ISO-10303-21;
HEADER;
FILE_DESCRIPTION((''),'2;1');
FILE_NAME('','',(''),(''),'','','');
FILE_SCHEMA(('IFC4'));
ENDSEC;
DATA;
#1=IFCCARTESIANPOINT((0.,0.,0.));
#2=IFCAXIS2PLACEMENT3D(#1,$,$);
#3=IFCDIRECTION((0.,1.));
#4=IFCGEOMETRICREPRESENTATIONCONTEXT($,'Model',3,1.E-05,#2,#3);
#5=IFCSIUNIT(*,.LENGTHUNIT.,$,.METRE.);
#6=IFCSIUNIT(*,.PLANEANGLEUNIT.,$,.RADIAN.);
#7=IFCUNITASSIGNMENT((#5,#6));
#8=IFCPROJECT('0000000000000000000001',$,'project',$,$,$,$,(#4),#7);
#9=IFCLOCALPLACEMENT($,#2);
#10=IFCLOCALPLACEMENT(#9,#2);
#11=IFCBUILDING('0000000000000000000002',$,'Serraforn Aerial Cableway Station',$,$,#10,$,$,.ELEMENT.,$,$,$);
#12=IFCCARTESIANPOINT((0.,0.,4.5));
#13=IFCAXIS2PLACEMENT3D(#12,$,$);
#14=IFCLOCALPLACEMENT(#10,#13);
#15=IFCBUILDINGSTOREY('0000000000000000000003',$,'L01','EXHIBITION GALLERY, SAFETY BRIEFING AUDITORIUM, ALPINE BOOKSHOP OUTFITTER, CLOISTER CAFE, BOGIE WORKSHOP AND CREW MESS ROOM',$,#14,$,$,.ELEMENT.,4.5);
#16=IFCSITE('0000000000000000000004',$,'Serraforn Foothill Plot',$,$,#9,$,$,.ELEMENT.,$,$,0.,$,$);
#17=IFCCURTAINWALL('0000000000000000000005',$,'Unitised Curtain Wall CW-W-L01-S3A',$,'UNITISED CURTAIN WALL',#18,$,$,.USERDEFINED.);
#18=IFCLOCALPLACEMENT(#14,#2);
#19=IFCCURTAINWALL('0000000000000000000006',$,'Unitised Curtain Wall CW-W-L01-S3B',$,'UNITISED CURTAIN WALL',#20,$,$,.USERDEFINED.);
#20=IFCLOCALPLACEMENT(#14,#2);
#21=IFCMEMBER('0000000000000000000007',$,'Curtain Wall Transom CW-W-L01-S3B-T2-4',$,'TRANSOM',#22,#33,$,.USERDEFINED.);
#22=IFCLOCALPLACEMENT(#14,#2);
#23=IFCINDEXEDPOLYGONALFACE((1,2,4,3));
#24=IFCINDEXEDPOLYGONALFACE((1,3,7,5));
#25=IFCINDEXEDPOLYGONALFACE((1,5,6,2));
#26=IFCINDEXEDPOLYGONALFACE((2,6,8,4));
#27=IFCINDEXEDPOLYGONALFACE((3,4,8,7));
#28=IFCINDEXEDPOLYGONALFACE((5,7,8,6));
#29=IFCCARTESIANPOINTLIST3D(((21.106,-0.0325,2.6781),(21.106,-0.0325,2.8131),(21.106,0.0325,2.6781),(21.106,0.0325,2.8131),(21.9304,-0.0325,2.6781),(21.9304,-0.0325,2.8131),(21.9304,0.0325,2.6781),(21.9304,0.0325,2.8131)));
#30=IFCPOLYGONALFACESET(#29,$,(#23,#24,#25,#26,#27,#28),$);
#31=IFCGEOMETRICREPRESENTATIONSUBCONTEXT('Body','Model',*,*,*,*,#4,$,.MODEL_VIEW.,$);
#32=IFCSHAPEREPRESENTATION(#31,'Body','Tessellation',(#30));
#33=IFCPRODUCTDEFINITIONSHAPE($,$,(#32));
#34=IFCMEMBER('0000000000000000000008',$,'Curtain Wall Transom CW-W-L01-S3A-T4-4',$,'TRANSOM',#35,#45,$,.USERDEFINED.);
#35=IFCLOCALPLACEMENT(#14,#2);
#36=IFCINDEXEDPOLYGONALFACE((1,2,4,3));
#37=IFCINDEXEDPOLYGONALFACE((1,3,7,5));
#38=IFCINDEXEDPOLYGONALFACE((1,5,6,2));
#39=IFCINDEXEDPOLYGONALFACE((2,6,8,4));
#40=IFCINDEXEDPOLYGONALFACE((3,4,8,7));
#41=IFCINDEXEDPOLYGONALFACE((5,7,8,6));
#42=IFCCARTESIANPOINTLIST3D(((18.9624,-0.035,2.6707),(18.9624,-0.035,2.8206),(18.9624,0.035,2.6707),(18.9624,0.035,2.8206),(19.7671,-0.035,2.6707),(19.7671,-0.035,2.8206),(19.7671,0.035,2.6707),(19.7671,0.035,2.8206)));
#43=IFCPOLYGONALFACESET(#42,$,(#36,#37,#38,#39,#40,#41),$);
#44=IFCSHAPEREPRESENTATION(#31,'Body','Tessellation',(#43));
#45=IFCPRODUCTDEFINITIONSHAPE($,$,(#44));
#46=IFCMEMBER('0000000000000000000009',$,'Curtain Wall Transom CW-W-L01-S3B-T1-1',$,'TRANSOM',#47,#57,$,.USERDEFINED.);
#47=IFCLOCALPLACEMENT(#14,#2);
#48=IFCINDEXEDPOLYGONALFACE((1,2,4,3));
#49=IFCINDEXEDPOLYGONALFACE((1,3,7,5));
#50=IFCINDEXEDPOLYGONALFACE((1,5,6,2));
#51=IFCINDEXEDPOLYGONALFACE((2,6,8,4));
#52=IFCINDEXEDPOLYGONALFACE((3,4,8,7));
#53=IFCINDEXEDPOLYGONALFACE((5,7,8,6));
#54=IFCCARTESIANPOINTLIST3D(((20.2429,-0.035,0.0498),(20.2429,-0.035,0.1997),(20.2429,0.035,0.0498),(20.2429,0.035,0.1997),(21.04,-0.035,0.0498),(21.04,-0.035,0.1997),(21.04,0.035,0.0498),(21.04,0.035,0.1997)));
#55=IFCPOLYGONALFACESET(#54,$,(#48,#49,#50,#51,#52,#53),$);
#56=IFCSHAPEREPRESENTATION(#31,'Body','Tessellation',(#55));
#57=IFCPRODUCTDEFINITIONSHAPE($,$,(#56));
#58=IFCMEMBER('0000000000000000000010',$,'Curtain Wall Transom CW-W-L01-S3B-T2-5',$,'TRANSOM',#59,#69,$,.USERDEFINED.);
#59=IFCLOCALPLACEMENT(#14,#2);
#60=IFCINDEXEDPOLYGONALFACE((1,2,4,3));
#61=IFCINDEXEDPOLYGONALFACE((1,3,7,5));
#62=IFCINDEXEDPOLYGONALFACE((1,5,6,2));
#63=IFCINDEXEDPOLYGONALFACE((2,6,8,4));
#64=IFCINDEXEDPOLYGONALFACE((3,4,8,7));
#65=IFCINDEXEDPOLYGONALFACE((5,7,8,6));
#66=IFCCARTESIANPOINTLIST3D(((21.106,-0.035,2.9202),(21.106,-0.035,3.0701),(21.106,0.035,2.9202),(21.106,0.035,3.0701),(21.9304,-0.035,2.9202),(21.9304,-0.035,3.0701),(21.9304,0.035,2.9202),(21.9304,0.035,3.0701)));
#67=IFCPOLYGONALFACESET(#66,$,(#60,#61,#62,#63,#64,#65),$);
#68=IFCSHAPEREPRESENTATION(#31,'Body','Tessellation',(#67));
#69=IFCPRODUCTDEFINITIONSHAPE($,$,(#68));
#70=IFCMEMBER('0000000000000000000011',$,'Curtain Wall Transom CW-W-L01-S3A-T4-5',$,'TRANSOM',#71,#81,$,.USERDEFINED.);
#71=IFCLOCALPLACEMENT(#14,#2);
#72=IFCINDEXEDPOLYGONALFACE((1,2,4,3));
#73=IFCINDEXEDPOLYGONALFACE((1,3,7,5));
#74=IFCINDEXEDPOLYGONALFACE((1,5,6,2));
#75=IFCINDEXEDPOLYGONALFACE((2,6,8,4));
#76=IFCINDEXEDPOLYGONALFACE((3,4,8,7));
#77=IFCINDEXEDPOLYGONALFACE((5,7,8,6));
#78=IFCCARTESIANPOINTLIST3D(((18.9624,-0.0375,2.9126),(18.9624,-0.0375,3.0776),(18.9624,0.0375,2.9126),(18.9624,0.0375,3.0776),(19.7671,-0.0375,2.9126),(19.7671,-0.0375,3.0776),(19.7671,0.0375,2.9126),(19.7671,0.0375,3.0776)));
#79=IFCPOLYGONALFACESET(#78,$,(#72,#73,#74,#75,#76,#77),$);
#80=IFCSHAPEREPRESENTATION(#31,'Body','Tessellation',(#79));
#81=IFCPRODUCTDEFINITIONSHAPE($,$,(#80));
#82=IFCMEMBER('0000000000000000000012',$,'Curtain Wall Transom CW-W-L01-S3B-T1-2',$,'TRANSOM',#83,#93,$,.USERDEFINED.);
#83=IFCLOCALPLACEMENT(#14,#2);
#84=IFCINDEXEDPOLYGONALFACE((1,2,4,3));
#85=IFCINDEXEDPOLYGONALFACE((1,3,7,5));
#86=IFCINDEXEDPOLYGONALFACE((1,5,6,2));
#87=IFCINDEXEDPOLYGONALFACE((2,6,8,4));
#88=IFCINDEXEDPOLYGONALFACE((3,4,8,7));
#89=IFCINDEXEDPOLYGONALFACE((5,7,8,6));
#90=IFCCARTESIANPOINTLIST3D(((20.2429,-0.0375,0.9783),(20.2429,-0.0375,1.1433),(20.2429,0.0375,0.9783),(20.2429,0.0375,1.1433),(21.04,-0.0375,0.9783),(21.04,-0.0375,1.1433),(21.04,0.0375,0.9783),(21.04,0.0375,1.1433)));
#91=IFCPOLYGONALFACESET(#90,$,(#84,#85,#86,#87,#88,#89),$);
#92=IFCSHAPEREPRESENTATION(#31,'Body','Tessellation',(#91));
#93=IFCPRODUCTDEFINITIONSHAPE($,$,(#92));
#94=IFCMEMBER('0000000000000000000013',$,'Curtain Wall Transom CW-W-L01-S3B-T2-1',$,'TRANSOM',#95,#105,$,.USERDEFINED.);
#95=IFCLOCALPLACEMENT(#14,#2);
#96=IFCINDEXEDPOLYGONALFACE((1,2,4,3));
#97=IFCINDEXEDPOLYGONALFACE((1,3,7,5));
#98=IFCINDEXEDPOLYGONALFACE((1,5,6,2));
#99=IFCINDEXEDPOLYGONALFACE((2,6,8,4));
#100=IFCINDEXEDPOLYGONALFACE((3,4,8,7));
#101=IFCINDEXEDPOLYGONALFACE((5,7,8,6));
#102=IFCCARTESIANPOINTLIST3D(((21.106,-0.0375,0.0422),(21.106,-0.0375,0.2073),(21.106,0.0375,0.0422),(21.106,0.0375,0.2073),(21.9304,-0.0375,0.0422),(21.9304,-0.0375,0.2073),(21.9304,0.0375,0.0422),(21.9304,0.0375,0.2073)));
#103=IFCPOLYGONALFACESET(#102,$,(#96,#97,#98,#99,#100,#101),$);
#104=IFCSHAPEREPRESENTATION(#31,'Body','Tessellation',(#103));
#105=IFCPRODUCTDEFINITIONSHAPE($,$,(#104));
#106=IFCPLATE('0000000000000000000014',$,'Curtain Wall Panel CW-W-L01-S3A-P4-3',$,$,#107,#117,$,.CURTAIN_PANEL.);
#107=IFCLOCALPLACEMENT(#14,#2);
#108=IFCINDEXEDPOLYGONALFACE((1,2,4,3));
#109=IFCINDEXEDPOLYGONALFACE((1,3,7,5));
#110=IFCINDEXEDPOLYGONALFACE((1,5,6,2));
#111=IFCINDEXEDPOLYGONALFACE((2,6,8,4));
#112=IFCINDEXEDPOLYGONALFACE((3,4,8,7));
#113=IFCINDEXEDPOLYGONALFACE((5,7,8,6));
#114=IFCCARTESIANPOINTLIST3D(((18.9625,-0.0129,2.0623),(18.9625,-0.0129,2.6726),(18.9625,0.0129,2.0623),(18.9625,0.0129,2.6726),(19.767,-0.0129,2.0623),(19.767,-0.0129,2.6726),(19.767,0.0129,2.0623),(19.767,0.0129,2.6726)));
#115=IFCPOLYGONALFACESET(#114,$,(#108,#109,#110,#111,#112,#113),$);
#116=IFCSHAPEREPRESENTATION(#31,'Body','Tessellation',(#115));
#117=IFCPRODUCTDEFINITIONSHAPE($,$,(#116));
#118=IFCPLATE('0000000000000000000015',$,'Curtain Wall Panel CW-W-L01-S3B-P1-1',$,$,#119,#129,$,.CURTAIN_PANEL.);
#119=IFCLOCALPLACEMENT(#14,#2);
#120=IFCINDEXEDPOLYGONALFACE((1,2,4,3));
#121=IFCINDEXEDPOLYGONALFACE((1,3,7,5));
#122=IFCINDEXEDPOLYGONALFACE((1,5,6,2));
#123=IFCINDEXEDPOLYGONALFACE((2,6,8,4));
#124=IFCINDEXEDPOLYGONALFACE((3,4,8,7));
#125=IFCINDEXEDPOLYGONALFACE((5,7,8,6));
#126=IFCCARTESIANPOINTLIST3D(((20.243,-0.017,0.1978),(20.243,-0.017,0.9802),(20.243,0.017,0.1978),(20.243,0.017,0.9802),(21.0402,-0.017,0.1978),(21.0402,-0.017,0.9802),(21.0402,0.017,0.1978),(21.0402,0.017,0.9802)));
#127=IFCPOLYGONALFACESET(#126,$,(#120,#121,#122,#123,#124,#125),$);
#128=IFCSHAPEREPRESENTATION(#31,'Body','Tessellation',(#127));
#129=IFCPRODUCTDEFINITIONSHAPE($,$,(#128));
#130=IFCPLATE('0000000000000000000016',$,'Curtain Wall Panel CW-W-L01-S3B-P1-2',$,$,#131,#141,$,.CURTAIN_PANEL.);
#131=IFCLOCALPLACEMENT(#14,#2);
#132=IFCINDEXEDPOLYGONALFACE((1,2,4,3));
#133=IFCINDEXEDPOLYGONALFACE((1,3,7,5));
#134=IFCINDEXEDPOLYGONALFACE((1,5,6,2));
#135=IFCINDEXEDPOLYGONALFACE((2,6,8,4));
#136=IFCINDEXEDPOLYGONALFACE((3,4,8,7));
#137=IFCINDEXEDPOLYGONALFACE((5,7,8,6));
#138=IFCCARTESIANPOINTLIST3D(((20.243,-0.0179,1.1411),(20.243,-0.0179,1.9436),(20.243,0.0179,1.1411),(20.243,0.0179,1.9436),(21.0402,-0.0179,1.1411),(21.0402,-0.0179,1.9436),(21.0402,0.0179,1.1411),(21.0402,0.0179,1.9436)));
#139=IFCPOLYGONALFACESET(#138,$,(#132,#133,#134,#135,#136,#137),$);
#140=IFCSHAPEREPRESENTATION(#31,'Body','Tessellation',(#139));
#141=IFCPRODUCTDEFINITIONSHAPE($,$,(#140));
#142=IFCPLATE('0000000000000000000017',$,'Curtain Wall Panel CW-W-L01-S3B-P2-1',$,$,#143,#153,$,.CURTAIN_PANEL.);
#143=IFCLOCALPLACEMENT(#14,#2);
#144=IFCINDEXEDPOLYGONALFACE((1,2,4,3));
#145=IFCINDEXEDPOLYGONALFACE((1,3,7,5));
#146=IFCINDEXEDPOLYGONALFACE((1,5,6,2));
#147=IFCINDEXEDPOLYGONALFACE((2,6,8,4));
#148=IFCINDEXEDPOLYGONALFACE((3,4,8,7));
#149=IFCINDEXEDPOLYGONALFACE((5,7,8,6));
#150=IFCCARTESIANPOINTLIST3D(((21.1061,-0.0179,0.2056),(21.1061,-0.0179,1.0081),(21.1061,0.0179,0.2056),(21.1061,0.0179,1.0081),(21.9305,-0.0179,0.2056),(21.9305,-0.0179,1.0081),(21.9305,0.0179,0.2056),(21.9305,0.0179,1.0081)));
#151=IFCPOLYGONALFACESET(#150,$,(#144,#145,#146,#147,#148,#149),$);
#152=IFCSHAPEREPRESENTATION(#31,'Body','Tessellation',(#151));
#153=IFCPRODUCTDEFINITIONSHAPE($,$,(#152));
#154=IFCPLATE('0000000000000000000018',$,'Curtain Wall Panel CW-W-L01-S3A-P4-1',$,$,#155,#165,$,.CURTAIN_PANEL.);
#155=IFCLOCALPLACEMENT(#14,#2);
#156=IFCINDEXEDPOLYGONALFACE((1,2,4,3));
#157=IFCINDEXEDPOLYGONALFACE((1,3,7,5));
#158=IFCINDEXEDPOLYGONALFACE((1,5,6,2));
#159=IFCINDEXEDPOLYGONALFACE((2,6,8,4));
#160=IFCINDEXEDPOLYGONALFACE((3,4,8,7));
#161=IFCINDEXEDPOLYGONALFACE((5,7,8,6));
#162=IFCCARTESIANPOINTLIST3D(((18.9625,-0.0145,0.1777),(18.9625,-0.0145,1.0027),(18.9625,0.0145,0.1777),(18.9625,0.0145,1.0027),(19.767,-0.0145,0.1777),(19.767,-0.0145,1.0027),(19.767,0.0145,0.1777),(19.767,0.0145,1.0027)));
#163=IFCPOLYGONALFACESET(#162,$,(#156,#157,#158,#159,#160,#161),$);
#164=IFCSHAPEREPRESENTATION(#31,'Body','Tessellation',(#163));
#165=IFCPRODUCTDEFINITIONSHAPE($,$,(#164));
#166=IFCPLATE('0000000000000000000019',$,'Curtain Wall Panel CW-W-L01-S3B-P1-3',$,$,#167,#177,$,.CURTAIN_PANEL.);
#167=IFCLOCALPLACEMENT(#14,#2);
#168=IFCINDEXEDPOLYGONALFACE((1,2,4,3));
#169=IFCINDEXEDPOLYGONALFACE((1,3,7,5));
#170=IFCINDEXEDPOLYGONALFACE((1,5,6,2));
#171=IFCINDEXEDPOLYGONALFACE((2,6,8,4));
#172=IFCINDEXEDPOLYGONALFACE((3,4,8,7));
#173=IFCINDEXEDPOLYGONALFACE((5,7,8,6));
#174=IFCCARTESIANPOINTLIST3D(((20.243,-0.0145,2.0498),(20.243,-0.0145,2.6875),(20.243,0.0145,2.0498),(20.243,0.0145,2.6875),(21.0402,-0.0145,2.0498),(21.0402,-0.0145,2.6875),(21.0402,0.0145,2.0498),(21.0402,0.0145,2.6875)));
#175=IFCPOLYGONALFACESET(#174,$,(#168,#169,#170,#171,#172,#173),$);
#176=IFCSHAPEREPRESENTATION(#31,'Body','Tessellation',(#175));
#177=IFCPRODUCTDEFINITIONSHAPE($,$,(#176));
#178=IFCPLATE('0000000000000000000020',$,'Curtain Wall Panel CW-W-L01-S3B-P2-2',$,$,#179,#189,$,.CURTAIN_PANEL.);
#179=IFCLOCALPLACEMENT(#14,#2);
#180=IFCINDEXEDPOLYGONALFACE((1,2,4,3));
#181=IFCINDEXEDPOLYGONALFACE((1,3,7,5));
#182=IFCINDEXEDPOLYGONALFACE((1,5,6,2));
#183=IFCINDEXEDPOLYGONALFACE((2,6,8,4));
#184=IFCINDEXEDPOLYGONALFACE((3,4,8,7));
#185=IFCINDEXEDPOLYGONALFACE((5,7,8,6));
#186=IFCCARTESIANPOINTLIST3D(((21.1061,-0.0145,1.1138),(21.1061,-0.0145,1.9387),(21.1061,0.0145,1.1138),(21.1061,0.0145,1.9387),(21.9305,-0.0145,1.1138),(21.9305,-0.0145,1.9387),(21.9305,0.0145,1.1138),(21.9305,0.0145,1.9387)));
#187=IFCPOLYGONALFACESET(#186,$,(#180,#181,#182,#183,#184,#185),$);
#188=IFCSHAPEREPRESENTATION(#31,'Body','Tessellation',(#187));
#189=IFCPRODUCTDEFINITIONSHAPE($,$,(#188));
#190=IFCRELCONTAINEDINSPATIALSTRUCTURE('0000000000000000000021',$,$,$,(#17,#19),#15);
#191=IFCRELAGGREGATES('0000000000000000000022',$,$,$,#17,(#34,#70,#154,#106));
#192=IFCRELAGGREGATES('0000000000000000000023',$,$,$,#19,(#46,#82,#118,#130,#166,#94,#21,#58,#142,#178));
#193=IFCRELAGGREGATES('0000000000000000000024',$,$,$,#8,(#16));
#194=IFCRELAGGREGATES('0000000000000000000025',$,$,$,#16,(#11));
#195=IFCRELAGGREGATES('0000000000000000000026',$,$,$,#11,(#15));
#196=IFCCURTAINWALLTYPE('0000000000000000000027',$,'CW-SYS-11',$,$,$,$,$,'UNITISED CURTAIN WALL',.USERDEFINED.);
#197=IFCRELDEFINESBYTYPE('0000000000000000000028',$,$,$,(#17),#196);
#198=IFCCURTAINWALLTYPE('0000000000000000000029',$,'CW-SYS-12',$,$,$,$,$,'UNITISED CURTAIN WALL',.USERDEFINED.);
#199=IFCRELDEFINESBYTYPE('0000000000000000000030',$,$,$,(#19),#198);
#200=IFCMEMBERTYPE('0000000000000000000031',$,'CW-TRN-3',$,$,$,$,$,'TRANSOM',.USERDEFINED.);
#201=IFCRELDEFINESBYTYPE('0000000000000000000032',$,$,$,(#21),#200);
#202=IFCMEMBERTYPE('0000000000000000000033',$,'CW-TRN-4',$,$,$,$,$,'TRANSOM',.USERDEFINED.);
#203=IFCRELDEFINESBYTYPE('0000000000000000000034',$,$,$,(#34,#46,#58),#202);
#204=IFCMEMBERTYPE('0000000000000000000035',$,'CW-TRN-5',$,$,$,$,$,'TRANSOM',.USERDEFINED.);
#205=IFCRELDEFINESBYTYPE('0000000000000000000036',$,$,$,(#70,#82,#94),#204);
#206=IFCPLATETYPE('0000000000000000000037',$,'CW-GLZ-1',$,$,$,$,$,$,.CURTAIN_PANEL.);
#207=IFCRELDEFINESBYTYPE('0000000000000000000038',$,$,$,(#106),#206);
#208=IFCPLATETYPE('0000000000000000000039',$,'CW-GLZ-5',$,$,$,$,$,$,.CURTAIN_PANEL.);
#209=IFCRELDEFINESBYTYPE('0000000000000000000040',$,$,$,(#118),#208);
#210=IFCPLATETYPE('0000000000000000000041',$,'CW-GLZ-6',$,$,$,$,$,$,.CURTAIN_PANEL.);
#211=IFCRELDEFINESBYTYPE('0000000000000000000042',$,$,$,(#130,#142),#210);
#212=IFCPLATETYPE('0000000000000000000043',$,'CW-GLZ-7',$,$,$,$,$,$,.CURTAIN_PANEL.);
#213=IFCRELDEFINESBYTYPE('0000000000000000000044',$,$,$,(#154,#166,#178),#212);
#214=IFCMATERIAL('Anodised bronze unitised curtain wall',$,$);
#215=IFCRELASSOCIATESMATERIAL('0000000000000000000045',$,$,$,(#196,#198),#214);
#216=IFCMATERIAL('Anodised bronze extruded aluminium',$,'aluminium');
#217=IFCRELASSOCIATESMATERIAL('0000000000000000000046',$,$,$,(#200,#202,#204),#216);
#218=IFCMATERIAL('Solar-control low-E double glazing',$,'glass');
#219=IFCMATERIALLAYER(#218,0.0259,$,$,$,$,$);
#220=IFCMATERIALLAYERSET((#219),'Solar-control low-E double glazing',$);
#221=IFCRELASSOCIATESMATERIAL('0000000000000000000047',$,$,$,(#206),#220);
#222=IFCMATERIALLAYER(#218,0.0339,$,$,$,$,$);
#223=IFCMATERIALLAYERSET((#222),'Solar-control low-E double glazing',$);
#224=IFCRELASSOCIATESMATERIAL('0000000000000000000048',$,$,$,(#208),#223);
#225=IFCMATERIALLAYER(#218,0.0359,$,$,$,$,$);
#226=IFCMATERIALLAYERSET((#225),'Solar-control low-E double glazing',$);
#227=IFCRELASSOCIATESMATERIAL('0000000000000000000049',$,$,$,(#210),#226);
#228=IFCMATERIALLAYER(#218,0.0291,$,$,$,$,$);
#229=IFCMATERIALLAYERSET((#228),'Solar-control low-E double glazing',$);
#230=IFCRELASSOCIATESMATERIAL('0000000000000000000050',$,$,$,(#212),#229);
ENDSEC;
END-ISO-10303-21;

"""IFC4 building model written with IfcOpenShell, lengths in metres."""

from ifc_helpers import new_model, si_unit, direction, frame, origin, origin_2d, place, context, subcontext, project, spatial, rectangle, extrude, material, layer, layer_set, material_profile, profile_set, type_object, element, aggregate, save


model = new_model("IFC4")

# Units and contexts
model_context = context("Model", 3, precision=1e-05, world=origin(), true_north=direction((0.0, 1.0)))
body_context = subcontext(model_context, "Body", "Model", "MODEL_VIEW")
ifc_project = project(units=[si_unit("LENGTHUNIT", "METRE"), si_unit("PLANEANGLEUNIT", "RADIAN")], contexts=[model_context])

# Site, building, storey
site_placement = place(None, origin())
site = spatial("IfcSite", under=ifc_project, at=site_placement, Name="Serraforn Foothill Plot", CompositionType="ELEMENT", RefElevation=0.0)
building_placement = place(site_placement, origin())
building = spatial("IfcBuilding", under=site, at=building_placement, Name="Serraforn Aerial Cableway Station", CompositionType="ELEMENT")
storey_placement = place(building_placement, frame((0.0, 0.0, 4.5)))
storey = spatial("IfcBuildingStorey", under=building, at=storey_placement, Name="L01", Description="EXHIBITION GALLERY, SAFETY BRIEFING AUDITORIUM, ALPINE BOOKSHOP OUTFITTER, CLOISTER CAFE, BOGIE WORKSHOP AND CREW MESS ROOM", CompositionType="ELEMENT", Elevation=4.5)

# Curtain wall
ifc_material_1 = material(Name="Anodised bronze unitised curtain wall")
curtain_wall_type_1 = type_object("IfcCurtainWallType", Name="CW-SYS-11", ElementType="UNITISED CURTAIN WALL", PredefinedType="USERDEFINED", material=ifc_material_1)
curtain_wall_1_placement = place(storey_placement, origin())
curtain_wall_1 = element("IfcCurtainWall", 1, at=curtain_wall_1_placement, inside=storey, type_object=curtain_wall_type_1, Name="Unitised Curtain Wall CW-W-L01-S3A", ObjectType="UNITISED CURTAIN WALL", PredefinedType="USERDEFINED")
ifc_material_2 = material(Name="Anodised bronze extruded aluminium", Category="aluminium")

# Curtain wall
curtain_wall_type_2 = type_object("IfcCurtainWallType", Name="CW-SYS-12", ElementType="UNITISED CURTAIN WALL", PredefinedType="USERDEFINED", material=ifc_material_1)
curtain_wall_2_placement = place(storey_placement, origin())
curtain_wall_2 = element("IfcCurtainWall", 2, at=curtain_wall_2_placement, inside=storey, type_object=curtain_wall_type_2, Name="Unitised Curtain Wall CW-W-L01-S3B", ObjectType="UNITISED CURTAIN WALL", PredefinedType="USERDEFINED")

# Members
ifc_material_profile_1 = material_profile(ifc_material_2, rectangle(XDim=0.0649, YDim=0.135, at=origin_2d()), Name="CW TRANSOM 65x135")
ifc_profile_set_1 = profile_set([ifc_material_profile_1], Name="Anodised bronze extruded aluminium")
member_type_1 = type_object("IfcMemberType", Name="CW-TRN-3", ElementType="TRANSOM", PredefinedType="USERDEFINED", material=ifc_profile_set_1)
member_1_placement = place(storey_placement, frame((21.106, 0.0, 2.7456), z_axis=(1.0, 0.0, 0.0), x_axis=(0.0, 1.0, 0.0)))
member_1 = element("IfcMember", 3, at=member_1_placement, type_object=member_type_1, Name="Curtain Wall Transom CW-W-L01-S3B-T2-4", ObjectType="TRANSOM", PredefinedType="USERDEFINED", context=body_context, shape_type="SweptSolid", body=[
    extrude(rectangle(XDim=0.0649, YDim=0.135, at=origin_2d()), origin(), (0.0, 0.0, 1.0), 0.8245),
])
ifc_material_profile_2 = material_profile(ifc_material_2, rectangle(XDim=0.0701, YDim=0.1499, at=origin_2d()), Name="CW TRANSOM 70x150")
ifc_profile_set_2 = profile_set([ifc_material_profile_2], Name="Anodised bronze extruded aluminium")
member_type_2 = type_object("IfcMemberType", Name="CW-TRN-4", ElementType="TRANSOM", PredefinedType="USERDEFINED", material=ifc_profile_set_2)
member_2_placement = place(storey_placement, frame((18.9624, 0.0, 2.7456), z_axis=(1.0, 0.0, 0.0), x_axis=(0.0, 1.0, 0.0)))
member_2 = element("IfcMember", 4, at=member_2_placement, type_object=member_type_2, Name="Curtain Wall Transom CW-W-L01-S3A-T4-4", ObjectType="TRANSOM", PredefinedType="USERDEFINED", context=body_context, shape_type="SweptSolid", body=[
    extrude(rectangle(XDim=0.0701, YDim=0.1499, at=origin_2d()), origin(), (0.0, 0.0, 1.0), 0.8047),
])
member_3_placement = place(storey_placement, frame((20.2429, 0.0, 0.1248), z_axis=(1.0, 0.0, 0.0), x_axis=(0.0, 1.0, 0.0)))
member_3 = element("IfcMember", 5, at=member_3_placement, type_object=member_type_2, Name="Curtain Wall Transom CW-W-L01-S3B-T1-1", ObjectType="TRANSOM", PredefinedType="USERDEFINED", context=body_context, shape_type="SweptSolid", body=[
    extrude(rectangle(XDim=0.0701, YDim=0.1499, at=origin_2d()), origin(), (0.0, 0.0, 1.0), 0.7971),
])
member_4_placement = place(storey_placement, frame((21.106, 0.0, 2.9951), z_axis=(1.0, 0.0, 0.0), x_axis=(0.0, 1.0, 0.0)))
member_4 = element("IfcMember", 6, at=member_4_placement, type_object=member_type_2, Name="Curtain Wall Transom CW-W-L01-S3B-T2-5", ObjectType="TRANSOM", PredefinedType="USERDEFINED", context=body_context, shape_type="SweptSolid", body=[
    extrude(rectangle(XDim=0.0701, YDim=0.1499, at=origin_2d()), origin(), (0.0, 0.0, 1.0), 0.8245),
])
ifc_material_profile_3 = material_profile(ifc_material_2, rectangle(XDim=0.075, YDim=0.165, at=origin_2d()), Name="CW TRANSOM 75x165")
ifc_profile_set_3 = profile_set([ifc_material_profile_3], Name="Anodised bronze extruded aluminium")
member_type_3 = type_object("IfcMemberType", Name="CW-TRN-5", ElementType="TRANSOM", PredefinedType="USERDEFINED", material=ifc_profile_set_3)
member_5_placement = place(storey_placement, frame((18.9624, 0.0, 2.9951), z_axis=(1.0, 0.0, 0.0), x_axis=(0.0, 1.0, 0.0)))
member_5 = element("IfcMember", 7, at=member_5_placement, type_object=member_type_3, Name="Curtain Wall Transom CW-W-L01-S3A-T4-5", ObjectType="TRANSOM", PredefinedType="USERDEFINED", context=body_context, shape_type="SweptSolid", body=[
    extrude(rectangle(XDim=0.075, YDim=0.165, at=origin_2d()), origin(), (0.0, 0.0, 1.0), 0.8047),
])
member_6_placement = place(storey_placement, frame((20.2429, 0.0, 1.0608), z_axis=(1.0, 0.0, 0.0), x_axis=(0.0, 1.0, 0.0)))
member_6 = element("IfcMember", 8, at=member_6_placement, type_object=member_type_3, Name="Curtain Wall Transom CW-W-L01-S3B-T1-2", ObjectType="TRANSOM", PredefinedType="USERDEFINED", context=body_context, shape_type="SweptSolid", body=[
    extrude(rectangle(XDim=0.075, YDim=0.165, at=origin_2d()), origin(), (0.0, 0.0, 1.0), 0.7971),
])
member_7_placement = place(storey_placement, frame((21.106, 0.0, 0.1248), z_axis=(1.0, 0.0, 0.0), x_axis=(0.0, 1.0, 0.0)))
member_7 = element("IfcMember", 9, at=member_7_placement, type_object=member_type_3, Name="Curtain Wall Transom CW-W-L01-S3B-T2-1", ObjectType="TRANSOM", PredefinedType="USERDEFINED", context=body_context, shape_type="SweptSolid", body=[
    extrude(rectangle(XDim=0.075, YDim=0.165, at=origin_2d()), origin(), (0.0, 0.0, 1.0), 0.8245),
])

# Plates
ifc_material_3 = material(Name="Solar-control low-E double glazing", Category="glass")
ifc_layer_1 = layer(ifc_material_3, 0.0259)
ifc_layer_set_1 = layer_set([ifc_layer_1], Name="Solar-control low-E double glazing")
plate_type_1 = type_object("IfcPlateType", Name="CW-GLZ-1", PredefinedType="CURTAIN_PANEL", material=ifc_layer_set_1)
plate_1_placement = place(storey_placement, frame((19.3647, 0.0, 2.0623), z_axis=(0.0, 0.0, 1.0), x_axis=(1.0, 0.0, 0.0)))
plate_1 = element("IfcPlate", 10, at=plate_1_placement, type_object=plate_type_1, Name="Curtain Wall Panel CW-W-L01-S3A-P4-3", PredefinedType="CURTAIN_PANEL", context=body_context, shape_type="SweptSolid", body=[
    extrude(rectangle(XDim=0.8044, YDim=0.0259, at=origin_2d()), origin(), (0.0, 0.0, 1.0), 0.6104),
])
ifc_layer_2 = layer(ifc_material_3, 0.0339)
ifc_layer_set_2 = layer_set([ifc_layer_2], Name="Solar-control low-E double glazing")
plate_type_2 = type_object("IfcPlateType", Name="CW-GLZ-5", PredefinedType="CURTAIN_PANEL", material=ifc_layer_set_2)
plate_2_placement = place(storey_placement, frame((20.6416, 0.0, 0.1978), z_axis=(0.0, 0.0, 1.0), x_axis=(1.0, 0.0, 0.0)))
plate_2 = element("IfcPlate", 11, at=plate_2_placement, type_object=plate_type_2, Name="Curtain Wall Panel CW-W-L01-S3B-P1-1", PredefinedType="CURTAIN_PANEL", context=body_context, shape_type="SweptSolid", body=[
    extrude(rectangle(XDim=0.7971, YDim=0.0339, at=origin_2d()), origin(), (0.0, 0.0, 1.0), 0.7825),
])
ifc_layer_3 = layer(ifc_material_3, 0.0359)
ifc_layer_set_3 = layer_set([ifc_layer_3], Name="Solar-control low-E double glazing")
plate_type_3 = type_object("IfcPlateType", Name="CW-GLZ-6", PredefinedType="CURTAIN_PANEL", material=ifc_layer_set_3)
plate_3_placement = place(storey_placement, frame((20.6416, 0.0, 1.1411), z_axis=(0.0, 0.0, 1.0), x_axis=(1.0, 0.0, 0.0)))
plate_3 = element("IfcPlate", 12, at=plate_3_placement, type_object=plate_type_3, Name="Curtain Wall Panel CW-W-L01-S3B-P1-2", PredefinedType="CURTAIN_PANEL", context=body_context, shape_type="SweptSolid", body=[
    extrude(rectangle(XDim=0.7971, YDim=0.0359, at=origin_2d()), origin(), (0.0, 0.0, 1.0), 0.8025),
])
plate_4_placement = place(storey_placement, frame((21.5183, 0.0, 0.2056), z_axis=(0.0, 0.0, 1.0), x_axis=(1.0, 0.0, 0.0)))
plate_4 = element("IfcPlate", 13, at=plate_4_placement, type_object=plate_type_3, Name="Curtain Wall Panel CW-W-L01-S3B-P2-1", PredefinedType="CURTAIN_PANEL", context=body_context, shape_type="SweptSolid", body=[
    extrude(rectangle(XDim=0.8245, YDim=0.0359, at=origin_2d()), origin(), (0.0, 0.0, 1.0), 0.8025),
])
ifc_layer_4 = layer(ifc_material_3, 0.0291)
ifc_layer_set_4 = layer_set([ifc_layer_4], Name="Solar-control low-E double glazing")
plate_type_4 = type_object("IfcPlateType", Name="CW-GLZ-7", PredefinedType="CURTAIN_PANEL", material=ifc_layer_set_4)
plate_5_placement = place(storey_placement, frame((19.3647, 0.0, 0.1777), z_axis=(0.0, 0.0, 1.0), x_axis=(1.0, 0.0, 0.0)))
plate_5 = element("IfcPlate", 14, at=plate_5_placement, type_object=plate_type_4, Name="Curtain Wall Panel CW-W-L01-S3A-P4-1", PredefinedType="CURTAIN_PANEL", context=body_context, shape_type="SweptSolid", body=[
    extrude(rectangle(XDim=0.8044, YDim=0.0291, at=origin_2d()), origin(), (0.0, 0.0, 1.0), 0.825),
])
plate_6_placement = place(storey_placement, frame((20.6416, 0.0, 2.0498), z_axis=(0.0, 0.0, 1.0), x_axis=(1.0, 0.0, 0.0)))
plate_6 = element("IfcPlate", 15, at=plate_6_placement, type_object=plate_type_4, Name="Curtain Wall Panel CW-W-L01-S3B-P1-3", PredefinedType="CURTAIN_PANEL", context=body_context, shape_type="SweptSolid", body=[
    extrude(rectangle(XDim=0.7971, YDim=0.0291, at=origin_2d()), origin(), (0.0, 0.0, 1.0), 0.6377),
])
plate_7_placement = place(storey_placement, frame((21.5183, 0.0, 1.1138), z_axis=(0.0, 0.0, 1.0), x_axis=(1.0, 0.0, 0.0)))
plate_7 = element("IfcPlate", 16, at=plate_7_placement, type_object=plate_type_4, Name="Curtain Wall Panel CW-W-L01-S3B-P2-2", PredefinedType="CURTAIN_PANEL", context=body_context, shape_type="SweptSolid", body=[
    extrude(rectangle(XDim=0.8245, YDim=0.0291, at=origin_2d()), origin(), (0.0, 0.0, 1.0), 0.825),
])
aggregate(curtain_wall_1, [member_2, member_5, plate_5, plate_1])
aggregate(curtain_wall_2, [member_3, member_6, plate_2, plate_3, plate_6, member_7, member_1, member_4, plate_4, plate_7])

save(model, "model.ifc")
